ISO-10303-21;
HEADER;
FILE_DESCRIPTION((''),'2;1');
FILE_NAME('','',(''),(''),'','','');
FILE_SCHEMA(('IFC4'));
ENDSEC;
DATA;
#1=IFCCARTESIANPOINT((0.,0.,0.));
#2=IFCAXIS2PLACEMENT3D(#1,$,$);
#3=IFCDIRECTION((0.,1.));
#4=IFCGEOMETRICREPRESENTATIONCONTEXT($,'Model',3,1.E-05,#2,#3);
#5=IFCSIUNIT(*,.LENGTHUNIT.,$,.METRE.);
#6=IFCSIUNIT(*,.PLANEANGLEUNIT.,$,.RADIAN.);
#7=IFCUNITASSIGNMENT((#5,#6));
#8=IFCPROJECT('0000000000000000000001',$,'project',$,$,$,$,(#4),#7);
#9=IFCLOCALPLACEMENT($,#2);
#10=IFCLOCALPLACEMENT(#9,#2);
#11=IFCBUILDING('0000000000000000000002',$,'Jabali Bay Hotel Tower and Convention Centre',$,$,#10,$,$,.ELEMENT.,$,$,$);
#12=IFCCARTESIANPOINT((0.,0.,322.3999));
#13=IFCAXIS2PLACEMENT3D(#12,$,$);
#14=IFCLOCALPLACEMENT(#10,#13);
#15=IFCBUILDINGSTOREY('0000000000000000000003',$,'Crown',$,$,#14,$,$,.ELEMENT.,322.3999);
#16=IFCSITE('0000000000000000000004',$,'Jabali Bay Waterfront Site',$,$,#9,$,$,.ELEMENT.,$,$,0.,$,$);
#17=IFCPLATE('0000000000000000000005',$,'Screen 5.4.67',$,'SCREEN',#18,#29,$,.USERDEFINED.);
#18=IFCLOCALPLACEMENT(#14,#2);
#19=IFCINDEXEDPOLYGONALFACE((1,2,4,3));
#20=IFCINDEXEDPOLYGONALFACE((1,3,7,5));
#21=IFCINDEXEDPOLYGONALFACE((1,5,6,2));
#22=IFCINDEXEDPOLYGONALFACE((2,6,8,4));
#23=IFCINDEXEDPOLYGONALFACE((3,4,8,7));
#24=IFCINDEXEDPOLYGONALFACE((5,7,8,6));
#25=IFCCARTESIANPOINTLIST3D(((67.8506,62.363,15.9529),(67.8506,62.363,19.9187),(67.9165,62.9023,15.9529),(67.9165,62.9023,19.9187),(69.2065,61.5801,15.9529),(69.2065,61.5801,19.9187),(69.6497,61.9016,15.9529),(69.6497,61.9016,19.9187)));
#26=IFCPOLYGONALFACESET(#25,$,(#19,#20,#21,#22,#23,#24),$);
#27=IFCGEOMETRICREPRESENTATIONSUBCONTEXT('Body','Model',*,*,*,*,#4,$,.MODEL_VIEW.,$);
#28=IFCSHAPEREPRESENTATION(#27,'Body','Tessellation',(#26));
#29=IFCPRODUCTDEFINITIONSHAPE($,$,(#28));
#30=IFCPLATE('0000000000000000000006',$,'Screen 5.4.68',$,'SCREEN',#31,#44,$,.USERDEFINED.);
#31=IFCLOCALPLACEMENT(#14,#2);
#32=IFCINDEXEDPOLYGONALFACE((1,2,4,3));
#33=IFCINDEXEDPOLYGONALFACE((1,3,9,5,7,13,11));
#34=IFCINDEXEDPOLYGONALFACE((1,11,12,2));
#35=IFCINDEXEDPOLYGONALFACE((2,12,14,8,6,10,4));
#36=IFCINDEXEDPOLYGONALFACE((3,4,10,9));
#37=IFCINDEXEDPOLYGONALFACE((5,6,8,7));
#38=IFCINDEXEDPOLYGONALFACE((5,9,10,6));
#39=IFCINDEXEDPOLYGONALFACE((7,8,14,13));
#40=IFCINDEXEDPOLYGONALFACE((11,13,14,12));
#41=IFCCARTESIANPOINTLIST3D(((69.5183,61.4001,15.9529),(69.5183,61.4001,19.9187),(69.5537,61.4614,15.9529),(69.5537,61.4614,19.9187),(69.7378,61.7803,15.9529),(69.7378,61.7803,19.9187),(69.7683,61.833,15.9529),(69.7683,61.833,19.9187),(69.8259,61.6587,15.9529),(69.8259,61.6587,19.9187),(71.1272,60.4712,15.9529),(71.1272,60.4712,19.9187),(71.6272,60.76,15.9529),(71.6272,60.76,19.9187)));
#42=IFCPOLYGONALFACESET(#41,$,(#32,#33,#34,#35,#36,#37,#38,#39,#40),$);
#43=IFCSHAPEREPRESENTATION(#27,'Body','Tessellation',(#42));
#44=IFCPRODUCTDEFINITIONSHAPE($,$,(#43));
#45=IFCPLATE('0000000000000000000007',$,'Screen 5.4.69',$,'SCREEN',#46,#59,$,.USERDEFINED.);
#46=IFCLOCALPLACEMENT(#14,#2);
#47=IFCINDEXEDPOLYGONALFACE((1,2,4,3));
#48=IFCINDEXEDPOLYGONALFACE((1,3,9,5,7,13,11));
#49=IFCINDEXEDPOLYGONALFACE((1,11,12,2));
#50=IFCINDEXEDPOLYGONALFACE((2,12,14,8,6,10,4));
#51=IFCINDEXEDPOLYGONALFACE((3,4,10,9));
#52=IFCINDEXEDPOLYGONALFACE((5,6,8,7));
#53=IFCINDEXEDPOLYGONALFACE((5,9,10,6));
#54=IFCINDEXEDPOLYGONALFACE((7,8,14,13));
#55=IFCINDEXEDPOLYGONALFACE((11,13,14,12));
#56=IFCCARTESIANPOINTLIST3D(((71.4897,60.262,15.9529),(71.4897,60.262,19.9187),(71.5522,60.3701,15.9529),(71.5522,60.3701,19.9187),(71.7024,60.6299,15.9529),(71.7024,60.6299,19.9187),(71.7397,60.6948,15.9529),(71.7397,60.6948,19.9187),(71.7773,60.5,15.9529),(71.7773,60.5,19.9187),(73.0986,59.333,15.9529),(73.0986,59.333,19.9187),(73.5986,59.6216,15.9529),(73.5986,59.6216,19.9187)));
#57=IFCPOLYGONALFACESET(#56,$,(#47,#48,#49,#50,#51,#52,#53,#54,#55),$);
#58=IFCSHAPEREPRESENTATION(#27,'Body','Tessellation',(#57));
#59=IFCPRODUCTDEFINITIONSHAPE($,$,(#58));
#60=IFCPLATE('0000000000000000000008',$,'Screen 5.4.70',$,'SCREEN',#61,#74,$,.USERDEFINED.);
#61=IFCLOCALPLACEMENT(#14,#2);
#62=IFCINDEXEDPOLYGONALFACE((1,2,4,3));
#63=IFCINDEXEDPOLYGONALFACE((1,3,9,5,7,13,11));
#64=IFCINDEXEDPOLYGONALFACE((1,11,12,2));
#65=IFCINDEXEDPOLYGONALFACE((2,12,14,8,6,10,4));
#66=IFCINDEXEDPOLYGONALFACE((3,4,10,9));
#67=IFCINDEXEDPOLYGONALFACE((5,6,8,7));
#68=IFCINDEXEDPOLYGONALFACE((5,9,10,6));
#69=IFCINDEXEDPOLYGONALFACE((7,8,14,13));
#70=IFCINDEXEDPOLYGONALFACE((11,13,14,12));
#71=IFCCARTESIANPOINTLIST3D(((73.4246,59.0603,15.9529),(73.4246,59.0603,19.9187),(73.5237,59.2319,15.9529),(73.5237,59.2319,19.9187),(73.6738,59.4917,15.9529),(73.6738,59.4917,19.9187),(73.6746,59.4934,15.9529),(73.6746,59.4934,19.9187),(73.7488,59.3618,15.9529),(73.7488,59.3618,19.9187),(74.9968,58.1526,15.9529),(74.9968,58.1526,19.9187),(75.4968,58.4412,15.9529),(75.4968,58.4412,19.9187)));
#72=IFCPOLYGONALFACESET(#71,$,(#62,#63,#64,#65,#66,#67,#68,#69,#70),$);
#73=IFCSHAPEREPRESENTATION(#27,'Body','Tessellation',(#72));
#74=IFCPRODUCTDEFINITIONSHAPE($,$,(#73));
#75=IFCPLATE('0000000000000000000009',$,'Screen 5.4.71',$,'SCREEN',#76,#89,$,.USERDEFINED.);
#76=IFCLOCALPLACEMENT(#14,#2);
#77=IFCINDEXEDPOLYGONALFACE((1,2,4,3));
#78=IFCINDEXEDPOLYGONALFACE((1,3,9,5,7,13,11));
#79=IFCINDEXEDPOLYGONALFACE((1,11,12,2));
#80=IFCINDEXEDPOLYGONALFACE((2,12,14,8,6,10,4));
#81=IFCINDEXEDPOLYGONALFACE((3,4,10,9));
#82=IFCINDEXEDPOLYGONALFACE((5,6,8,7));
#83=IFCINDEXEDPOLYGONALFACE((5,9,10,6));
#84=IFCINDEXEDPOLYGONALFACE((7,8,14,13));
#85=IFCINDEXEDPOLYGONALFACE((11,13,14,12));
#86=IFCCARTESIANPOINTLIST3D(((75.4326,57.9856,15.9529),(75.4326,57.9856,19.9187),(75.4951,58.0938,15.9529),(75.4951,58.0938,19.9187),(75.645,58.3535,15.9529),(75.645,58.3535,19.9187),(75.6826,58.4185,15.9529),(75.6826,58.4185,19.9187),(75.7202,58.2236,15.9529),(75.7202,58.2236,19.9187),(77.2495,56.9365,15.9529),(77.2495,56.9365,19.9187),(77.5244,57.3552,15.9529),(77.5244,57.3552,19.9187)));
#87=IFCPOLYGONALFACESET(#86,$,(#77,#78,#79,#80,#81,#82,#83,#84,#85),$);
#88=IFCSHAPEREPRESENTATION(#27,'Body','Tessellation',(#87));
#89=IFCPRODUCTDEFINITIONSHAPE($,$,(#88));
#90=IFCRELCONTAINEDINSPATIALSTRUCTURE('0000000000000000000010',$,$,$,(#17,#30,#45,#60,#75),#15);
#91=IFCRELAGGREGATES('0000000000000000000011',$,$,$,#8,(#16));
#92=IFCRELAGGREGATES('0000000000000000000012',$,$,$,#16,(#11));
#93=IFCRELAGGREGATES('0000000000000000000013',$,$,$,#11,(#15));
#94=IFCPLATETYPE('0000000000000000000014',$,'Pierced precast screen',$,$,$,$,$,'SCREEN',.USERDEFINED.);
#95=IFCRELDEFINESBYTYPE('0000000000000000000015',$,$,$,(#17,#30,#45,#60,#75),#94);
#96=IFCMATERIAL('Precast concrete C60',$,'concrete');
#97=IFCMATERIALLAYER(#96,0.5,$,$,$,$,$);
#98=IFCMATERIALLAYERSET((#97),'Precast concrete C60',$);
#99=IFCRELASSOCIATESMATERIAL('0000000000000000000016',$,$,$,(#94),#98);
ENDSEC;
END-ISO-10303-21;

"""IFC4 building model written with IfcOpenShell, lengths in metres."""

from ifc_helpers import new_model, si_unit, direction, frame, origin, place, context, subcontext, project, spatial, polyline, outline, extrude, material, layer, layer_set, type_object, element, save


model = new_model("IFC4")

# Units and contexts
model_context = context("Model", 3, precision=1e-05, world=origin(), true_north=direction((0.0, 1.0)))
body_context = subcontext(model_context, "Body", "Model", "MODEL_VIEW")
ifc_project = project(units=[si_unit("LENGTHUNIT", "METRE"), si_unit("PLANEANGLEUNIT", "RADIAN")], contexts=[model_context])

# Site, building, storey
site_placement = place(None, origin())
site = spatial("IfcSite", under=ifc_project, at=site_placement, Name="Jabali Bay Waterfront Site", CompositionType="ELEMENT", RefElevation=0.0)
building_placement = place(site_placement, origin())
building = spatial("IfcBuilding", under=site, at=building_placement, Name="Jabali Bay Hotel Tower and Convention Centre", CompositionType="ELEMENT")
storey_placement = place(building_placement, frame((0.0, 0.0, 322.3999)))
storey = spatial("IfcBuildingStorey", under=building, at=storey_placement, Name="Crown", CompositionType="ELEMENT", Elevation=322.3999)

# Plates
ifc_material = material(Name="Precast concrete C60", Category="concrete")
ifc_layer = layer(ifc_material, 0.5)
ifc_layer_set = layer_set([ifc_layer], Name="Precast concrete C60")
plate_type = type_object("IfcPlateType", Name="Pierced precast screen", ElementType="SCREEN", PredefinedType="USERDEFINED", material=ifc_layer_set)
plate_1_placement = place(storey_placement, frame((0.0, 0.0, 15.9529)))
element("IfcPlate", 1, at=plate_1_placement, inside=storey, type_object=plate_type, Name="Screen 5.4.67", ObjectType="SCREEN", PredefinedType="USERDEFINED", context=body_context, shape_type="SweptSolid", body=[
    extrude(outline(polyline([(69.6497, 61.9016), (67.9165, 62.9023), (67.8506, 62.363), (69.2065, 61.5801), (69.6497, 61.9016)])), origin(), (0.0, 0.0, 1.0), 3.9658),
])
plate_2_placement = place(storey_placement, frame((0.0, 0.0, 15.9529)))
element("IfcPlate", 2, at=plate_2_placement, inside=storey, type_object=plate_type, Name="Screen 5.4.68", ObjectType="SCREEN", PredefinedType="USERDEFINED", context=body_context, shape_type="SweptSolid", body=[
    extrude(outline(polyline([(71.6272, 60.76), (69.7683, 61.833), (69.7378, 61.7803), (69.8259, 61.6587), (69.5537, 61.4614), (69.5183, 61.4001), (71.1272, 60.4712), (71.6272, 60.76)])), origin(), (0.0, 0.0, 1.0), 3.9658),
])
plate_3_placement = place(storey_placement, frame((0.0, 0.0, 15.9529)))
element("IfcPlate", 3, at=plate_3_placement, inside=storey, type_object=plate_type, Name="Screen 5.4.69", ObjectType="SCREEN", PredefinedType="USERDEFINED", context=body_context, shape_type="SweptSolid", body=[
    extrude(outline(polyline([(73.5986, 59.6216), (71.7397, 60.6948), (71.7024, 60.6299), (71.7773, 60.5), (71.5522, 60.3701), (71.4897, 60.262), (73.0986, 59.333), (73.5986, 59.6216)])), origin(), (0.0, 0.0, 1.0), 3.9658),
])
plate_4_placement = place(storey_placement, frame((0.0, 0.0, 15.9529)))
element("IfcPlate", 4, at=plate_4_placement, inside=storey, type_object=plate_type, Name="Screen 5.4.70", ObjectType="SCREEN", PredefinedType="USERDEFINED", context=body_context, shape_type="SweptSolid", body=[
    extrude(outline(polyline([(75.4968, 58.4412), (73.6746, 59.4934), (73.6738, 59.4917), (73.7488, 59.3618), (73.5237, 59.2319), (73.4246, 59.0603), (74.9968, 58.1526), (75.4968, 58.4412)])), origin(), (0.0, 0.0, 1.0), 3.9658),
])
plate_5_placement = place(storey_placement, frame((0.0, 0.0, 15.9529)))
element("IfcPlate", 5, at=plate_5_placement, inside=storey, type_object=plate_type, Name="Screen 5.4.71", ObjectType="SCREEN", PredefinedType="USERDEFINED", context=body_context, shape_type="SweptSolid", body=[
    extrude(outline(polyline([(77.5244, 57.3552), (75.6826, 58.4185), (75.645, 58.3535), (75.7202, 58.2236), (75.4951, 58.0938), (75.4326, 57.9856), (77.2495, 56.9365), (77.5244, 57.3552)])), origin(), (0.0, 0.0, 1.0), 3.9658),
])

save(model, "model.ifc")
